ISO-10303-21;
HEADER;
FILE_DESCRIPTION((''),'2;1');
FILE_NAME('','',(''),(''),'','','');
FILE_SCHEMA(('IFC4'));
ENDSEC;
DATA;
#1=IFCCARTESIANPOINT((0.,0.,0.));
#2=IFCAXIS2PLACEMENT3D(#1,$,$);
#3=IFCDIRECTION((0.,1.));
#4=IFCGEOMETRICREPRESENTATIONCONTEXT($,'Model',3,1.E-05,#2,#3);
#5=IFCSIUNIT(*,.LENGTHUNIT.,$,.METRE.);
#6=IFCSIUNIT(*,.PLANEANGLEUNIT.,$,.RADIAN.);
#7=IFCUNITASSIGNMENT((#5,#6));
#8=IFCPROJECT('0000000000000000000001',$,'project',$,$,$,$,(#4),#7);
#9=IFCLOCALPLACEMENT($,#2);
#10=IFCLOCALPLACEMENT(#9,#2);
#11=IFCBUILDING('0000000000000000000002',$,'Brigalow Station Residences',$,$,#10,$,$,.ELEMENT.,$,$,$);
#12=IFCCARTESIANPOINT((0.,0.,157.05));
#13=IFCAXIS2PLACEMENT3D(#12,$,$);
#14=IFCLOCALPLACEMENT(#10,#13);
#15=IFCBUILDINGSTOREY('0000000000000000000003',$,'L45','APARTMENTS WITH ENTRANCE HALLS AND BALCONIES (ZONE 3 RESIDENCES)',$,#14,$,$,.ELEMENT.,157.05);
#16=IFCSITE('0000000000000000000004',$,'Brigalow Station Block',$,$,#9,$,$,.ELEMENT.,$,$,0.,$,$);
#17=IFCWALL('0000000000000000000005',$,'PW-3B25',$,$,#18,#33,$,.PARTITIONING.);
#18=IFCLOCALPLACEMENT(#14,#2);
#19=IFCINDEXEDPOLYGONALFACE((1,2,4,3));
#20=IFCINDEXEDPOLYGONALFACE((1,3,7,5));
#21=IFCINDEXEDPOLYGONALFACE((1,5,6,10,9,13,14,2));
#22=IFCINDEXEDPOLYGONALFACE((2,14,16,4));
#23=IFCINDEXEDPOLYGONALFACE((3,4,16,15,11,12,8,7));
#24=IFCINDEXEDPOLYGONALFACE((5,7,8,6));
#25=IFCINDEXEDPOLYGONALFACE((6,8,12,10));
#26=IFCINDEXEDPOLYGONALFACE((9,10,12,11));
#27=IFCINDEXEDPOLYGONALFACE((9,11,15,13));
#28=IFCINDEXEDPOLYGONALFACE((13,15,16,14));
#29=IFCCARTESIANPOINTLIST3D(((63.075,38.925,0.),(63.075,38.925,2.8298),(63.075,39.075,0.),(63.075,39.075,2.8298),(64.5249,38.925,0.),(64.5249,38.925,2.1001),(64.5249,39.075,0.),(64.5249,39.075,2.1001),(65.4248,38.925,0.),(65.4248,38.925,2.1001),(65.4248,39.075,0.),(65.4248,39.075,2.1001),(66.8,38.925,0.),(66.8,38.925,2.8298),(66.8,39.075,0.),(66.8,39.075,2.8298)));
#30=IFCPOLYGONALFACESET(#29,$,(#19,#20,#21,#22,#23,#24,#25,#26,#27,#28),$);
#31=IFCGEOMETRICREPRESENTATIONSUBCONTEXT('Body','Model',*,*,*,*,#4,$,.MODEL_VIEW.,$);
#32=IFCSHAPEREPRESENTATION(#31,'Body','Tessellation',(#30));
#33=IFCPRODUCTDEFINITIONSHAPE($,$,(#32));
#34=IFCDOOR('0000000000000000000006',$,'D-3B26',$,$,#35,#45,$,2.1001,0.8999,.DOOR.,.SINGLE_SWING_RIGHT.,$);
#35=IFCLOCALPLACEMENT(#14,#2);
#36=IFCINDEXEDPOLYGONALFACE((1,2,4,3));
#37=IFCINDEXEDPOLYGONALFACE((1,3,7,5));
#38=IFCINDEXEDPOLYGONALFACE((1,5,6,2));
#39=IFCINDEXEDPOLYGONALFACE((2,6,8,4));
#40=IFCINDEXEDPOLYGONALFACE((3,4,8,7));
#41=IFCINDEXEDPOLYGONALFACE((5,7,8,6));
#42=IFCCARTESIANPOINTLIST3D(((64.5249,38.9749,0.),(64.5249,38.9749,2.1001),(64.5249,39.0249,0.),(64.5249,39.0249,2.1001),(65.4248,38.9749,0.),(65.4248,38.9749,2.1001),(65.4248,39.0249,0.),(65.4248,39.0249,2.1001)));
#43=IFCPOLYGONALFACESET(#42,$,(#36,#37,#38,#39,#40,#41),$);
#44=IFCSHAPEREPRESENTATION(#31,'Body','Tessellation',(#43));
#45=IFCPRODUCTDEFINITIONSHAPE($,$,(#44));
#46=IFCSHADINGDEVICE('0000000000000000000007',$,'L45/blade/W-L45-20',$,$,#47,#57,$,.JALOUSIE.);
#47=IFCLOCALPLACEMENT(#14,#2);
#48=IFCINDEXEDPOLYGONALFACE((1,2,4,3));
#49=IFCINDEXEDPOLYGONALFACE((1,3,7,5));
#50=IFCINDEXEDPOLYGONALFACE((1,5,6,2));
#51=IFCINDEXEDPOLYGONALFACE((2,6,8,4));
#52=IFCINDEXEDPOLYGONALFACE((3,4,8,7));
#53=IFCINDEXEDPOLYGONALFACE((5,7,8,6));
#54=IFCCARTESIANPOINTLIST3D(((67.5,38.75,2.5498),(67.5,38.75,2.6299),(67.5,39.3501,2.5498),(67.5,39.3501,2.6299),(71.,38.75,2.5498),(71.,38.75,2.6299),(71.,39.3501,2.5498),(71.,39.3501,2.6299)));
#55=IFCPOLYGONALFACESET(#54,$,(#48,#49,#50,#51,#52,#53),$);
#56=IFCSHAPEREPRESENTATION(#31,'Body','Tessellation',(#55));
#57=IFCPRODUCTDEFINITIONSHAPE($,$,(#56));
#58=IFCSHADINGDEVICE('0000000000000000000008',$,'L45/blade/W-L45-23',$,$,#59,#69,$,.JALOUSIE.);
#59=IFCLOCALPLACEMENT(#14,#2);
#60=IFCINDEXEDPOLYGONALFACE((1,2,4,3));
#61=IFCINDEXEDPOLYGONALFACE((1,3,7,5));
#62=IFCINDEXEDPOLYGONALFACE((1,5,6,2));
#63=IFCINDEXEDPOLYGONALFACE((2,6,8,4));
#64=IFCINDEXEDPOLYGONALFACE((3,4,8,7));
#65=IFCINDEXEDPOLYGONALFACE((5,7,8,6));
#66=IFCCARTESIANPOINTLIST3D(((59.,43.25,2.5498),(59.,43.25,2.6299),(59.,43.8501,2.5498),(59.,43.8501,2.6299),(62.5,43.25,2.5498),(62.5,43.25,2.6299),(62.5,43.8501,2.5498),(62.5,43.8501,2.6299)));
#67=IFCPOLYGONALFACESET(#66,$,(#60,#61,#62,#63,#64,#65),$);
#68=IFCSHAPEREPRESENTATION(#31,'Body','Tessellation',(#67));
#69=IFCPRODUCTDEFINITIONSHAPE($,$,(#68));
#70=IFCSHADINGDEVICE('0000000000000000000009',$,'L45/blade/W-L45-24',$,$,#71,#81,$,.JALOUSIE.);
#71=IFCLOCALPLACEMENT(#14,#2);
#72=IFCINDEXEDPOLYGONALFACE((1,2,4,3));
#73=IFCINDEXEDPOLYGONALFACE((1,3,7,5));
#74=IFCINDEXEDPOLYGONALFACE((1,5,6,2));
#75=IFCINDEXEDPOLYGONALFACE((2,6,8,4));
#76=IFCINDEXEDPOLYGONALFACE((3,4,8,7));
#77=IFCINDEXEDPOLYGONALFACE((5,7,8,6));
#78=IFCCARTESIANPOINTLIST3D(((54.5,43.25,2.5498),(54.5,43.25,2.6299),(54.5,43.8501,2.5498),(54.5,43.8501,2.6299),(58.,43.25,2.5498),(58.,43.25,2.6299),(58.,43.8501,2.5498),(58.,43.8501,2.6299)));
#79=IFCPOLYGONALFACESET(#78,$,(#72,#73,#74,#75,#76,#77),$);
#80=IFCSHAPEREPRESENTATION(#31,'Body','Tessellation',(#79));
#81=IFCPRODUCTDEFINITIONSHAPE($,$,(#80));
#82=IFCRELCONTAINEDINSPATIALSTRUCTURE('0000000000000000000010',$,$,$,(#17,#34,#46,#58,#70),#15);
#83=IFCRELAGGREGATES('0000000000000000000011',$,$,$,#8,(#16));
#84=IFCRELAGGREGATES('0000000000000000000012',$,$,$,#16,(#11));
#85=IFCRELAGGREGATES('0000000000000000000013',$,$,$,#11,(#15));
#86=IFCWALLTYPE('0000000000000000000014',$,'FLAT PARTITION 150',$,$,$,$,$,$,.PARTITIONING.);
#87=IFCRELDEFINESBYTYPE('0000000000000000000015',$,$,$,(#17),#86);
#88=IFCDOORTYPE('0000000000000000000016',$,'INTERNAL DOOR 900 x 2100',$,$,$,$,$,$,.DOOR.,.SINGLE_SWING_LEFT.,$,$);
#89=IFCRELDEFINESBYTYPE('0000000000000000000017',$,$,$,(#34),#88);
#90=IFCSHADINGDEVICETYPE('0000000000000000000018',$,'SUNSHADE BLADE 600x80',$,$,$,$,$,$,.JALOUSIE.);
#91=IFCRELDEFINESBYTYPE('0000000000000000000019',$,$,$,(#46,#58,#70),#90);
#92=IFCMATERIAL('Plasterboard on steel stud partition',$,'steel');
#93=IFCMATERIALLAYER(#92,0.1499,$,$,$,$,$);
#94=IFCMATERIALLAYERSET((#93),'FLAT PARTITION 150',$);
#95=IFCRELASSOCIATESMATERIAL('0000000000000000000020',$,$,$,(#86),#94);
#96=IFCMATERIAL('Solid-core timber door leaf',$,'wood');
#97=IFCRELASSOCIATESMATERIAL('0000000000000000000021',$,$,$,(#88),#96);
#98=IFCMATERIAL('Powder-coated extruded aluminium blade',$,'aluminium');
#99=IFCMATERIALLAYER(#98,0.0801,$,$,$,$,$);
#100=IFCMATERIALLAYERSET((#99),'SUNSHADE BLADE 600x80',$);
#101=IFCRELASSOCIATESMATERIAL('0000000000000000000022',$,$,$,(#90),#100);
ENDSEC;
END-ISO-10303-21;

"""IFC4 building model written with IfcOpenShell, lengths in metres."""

from ifc_helpers import new_model, si_unit, direction, frame, frame_2d, origin, origin_2d, place, context, subcontext, project, spatial, rectangle, extrude, material, layer, layer_set, type_object, element, fill, save


model = new_model("IFC4")

# Units and contexts
model_context = context("Model", 3, precision=1e-05, world=origin(), true_north=direction((0.0, 1.0)))
body_context = subcontext(model_context, "Body", "Model", "MODEL_VIEW")
ifc_project = project(units=[si_unit("LENGTHUNIT", "METRE"), si_unit("PLANEANGLEUNIT", "RADIAN")], contexts=[model_context])

# Site, building, storey
site_placement = place(None, origin())
site = spatial("IfcSite", under=ifc_project, at=site_placement, Name="Brigalow Station Block", CompositionType="ELEMENT", RefElevation=0.0)
building_placement = place(site_placement, origin())
building = spatial("IfcBuilding", under=site, at=building_placement, Name="Brigalow Station Residences", CompositionType="ELEMENT")
storey_placement = place(building_placement, frame((0.0, 0.0, 157.05)))
storey = spatial("IfcBuildingStorey", under=building, at=storey_placement, Name="L45", Description="APARTMENTS WITH ENTRANCE HALLS AND BALCONIES (ZONE 3 RESIDENCES)", CompositionType="ELEMENT", Elevation=157.05)

# Shared definitions
ifc_material_1 = material(Name="Plasterboard on steel stud partition", Category="steel")
ifc_layer_1 = layer(ifc_material_1, 0.1499)
ifc_layer_set_1 = layer_set([ifc_layer_1], Name="FLAT PARTITION 150")
wall_type_1 = type_object("IfcWallType", Name="FLAT PARTITION 150", PredefinedType="PARTITIONING", material=ifc_layer_set_1)

# Wall, opening, door
wall_1_placement = place(storey_placement, frame((63.075, 39.0, 0.0), z_axis=(0.0, 0.0, 1.0), x_axis=(1.0, 0.0, 0.0)))
wall_1 = element("IfcWall", 1, at=wall_1_placement, inside=storey, type_object=wall_type_1, Name="PW-3B25", PredefinedType="PARTITIONING", context=body_context, shape_type="SweptSolid", body=[
    extrude(rectangle(XDim=3.7251, YDim=0.1499, at=frame_2d((1.8625, 0.0))), origin(), (0.0, 0.0, 1.0), 2.8298),
])
opening_1_placement = place(wall_1_placement, frame((1.45, 0.0, 0.0)))
opening_1 = element("IfcOpeningElement", 2, at=opening_1_placement, cuts=wall_1, PredefinedType="OPENING", context=body_context, shape_type="SweptSolid", body=[
    extrude(rectangle(XDim=0.8999, YDim=2.1001, at=frame_2d((0.45, 1.05))), frame((0.0, 0.085, 0.0), z_axis=(0.0, -1.0, 0.0), x_axis=(1.0, 0.0, 0.0)), (0.0, 0.0, 1.0), 0.1699),
])
ifc_material_2 = material(Name="Solid-core timber door leaf", Category="wood")
door_type_1 = type_object("IfcDoorType", Name="INTERNAL DOOR 900 x 2100", OperationType="SINGLE_SWING_LEFT", PredefinedType="DOOR", material=ifc_material_2)
door_1_placement = place(opening_1_placement, origin())
door_1 = element("IfcDoor", 3, at=door_1_placement, inside=storey, type_object=door_type_1, Name="D-3B26", OperationType="SINGLE_SWING_RIGHT", OverallHeight=2.1001, OverallWidth=0.8999, PredefinedType="DOOR", context=body_context, shape_type="SweptSolid", body=[
    extrude(rectangle(XDim=0.8999, YDim=2.1001, at=frame_2d((0.45, 1.05))), frame((0.0, 0.0249, 0.0), z_axis=(0.0, -1.0, 0.0), x_axis=(1.0, 0.0, 0.0)), (0.0, 0.0, 1.0), 0.05),
])
fill(opening_1, door_1)

# Shading devices
ifc_material_3 = material(Name="Powder-coated extruded aluminium blade", Category="aluminium")
ifc_layer_2 = layer(ifc_material_3, 0.0801)
ifc_layer_set_2 = layer_set([ifc_layer_2], Name="SUNSHADE BLADE 600x80")
shading_device_type = type_object("IfcShadingDeviceType", Name="SUNSHADE BLADE 600x80", PredefinedType="JALOUSIE", material=ifc_layer_set_2)
for number, where, z_axis, x_axis, name in (
    (4, (69.25, 39.05, 2.5498), (0.0, 0.0, 1.0), (-1.0, 0.0, 0.0), "L45/blade/W-L45-20"),
    (5, (60.75, 43.55, 2.5498), (0.0, 0.0, 1.0), (-1.0, 0.0, 0.0), "L45/blade/W-L45-23"),
    (6, (56.25, 43.55, 2.5498), (0.0, 0.0, 1.0), (-1.0, 0.0, 0.0), "L45/blade/W-L45-24"),
):
    element("IfcShadingDevice", number, at=place(storey_placement, frame(where, z_axis=z_axis, x_axis=x_axis)), inside=storey, type_object=shading_device_type, Name=name, PredefinedType="JALOUSIE", context=body_context, shape_type="SweptSolid", body=[
        extrude(rectangle(XDim=3.5, YDim=0.6001, at=origin_2d()), origin(), (0.0, 0.0, 1.0), 0.0801),
    ])

save(model, "model.ifc")
